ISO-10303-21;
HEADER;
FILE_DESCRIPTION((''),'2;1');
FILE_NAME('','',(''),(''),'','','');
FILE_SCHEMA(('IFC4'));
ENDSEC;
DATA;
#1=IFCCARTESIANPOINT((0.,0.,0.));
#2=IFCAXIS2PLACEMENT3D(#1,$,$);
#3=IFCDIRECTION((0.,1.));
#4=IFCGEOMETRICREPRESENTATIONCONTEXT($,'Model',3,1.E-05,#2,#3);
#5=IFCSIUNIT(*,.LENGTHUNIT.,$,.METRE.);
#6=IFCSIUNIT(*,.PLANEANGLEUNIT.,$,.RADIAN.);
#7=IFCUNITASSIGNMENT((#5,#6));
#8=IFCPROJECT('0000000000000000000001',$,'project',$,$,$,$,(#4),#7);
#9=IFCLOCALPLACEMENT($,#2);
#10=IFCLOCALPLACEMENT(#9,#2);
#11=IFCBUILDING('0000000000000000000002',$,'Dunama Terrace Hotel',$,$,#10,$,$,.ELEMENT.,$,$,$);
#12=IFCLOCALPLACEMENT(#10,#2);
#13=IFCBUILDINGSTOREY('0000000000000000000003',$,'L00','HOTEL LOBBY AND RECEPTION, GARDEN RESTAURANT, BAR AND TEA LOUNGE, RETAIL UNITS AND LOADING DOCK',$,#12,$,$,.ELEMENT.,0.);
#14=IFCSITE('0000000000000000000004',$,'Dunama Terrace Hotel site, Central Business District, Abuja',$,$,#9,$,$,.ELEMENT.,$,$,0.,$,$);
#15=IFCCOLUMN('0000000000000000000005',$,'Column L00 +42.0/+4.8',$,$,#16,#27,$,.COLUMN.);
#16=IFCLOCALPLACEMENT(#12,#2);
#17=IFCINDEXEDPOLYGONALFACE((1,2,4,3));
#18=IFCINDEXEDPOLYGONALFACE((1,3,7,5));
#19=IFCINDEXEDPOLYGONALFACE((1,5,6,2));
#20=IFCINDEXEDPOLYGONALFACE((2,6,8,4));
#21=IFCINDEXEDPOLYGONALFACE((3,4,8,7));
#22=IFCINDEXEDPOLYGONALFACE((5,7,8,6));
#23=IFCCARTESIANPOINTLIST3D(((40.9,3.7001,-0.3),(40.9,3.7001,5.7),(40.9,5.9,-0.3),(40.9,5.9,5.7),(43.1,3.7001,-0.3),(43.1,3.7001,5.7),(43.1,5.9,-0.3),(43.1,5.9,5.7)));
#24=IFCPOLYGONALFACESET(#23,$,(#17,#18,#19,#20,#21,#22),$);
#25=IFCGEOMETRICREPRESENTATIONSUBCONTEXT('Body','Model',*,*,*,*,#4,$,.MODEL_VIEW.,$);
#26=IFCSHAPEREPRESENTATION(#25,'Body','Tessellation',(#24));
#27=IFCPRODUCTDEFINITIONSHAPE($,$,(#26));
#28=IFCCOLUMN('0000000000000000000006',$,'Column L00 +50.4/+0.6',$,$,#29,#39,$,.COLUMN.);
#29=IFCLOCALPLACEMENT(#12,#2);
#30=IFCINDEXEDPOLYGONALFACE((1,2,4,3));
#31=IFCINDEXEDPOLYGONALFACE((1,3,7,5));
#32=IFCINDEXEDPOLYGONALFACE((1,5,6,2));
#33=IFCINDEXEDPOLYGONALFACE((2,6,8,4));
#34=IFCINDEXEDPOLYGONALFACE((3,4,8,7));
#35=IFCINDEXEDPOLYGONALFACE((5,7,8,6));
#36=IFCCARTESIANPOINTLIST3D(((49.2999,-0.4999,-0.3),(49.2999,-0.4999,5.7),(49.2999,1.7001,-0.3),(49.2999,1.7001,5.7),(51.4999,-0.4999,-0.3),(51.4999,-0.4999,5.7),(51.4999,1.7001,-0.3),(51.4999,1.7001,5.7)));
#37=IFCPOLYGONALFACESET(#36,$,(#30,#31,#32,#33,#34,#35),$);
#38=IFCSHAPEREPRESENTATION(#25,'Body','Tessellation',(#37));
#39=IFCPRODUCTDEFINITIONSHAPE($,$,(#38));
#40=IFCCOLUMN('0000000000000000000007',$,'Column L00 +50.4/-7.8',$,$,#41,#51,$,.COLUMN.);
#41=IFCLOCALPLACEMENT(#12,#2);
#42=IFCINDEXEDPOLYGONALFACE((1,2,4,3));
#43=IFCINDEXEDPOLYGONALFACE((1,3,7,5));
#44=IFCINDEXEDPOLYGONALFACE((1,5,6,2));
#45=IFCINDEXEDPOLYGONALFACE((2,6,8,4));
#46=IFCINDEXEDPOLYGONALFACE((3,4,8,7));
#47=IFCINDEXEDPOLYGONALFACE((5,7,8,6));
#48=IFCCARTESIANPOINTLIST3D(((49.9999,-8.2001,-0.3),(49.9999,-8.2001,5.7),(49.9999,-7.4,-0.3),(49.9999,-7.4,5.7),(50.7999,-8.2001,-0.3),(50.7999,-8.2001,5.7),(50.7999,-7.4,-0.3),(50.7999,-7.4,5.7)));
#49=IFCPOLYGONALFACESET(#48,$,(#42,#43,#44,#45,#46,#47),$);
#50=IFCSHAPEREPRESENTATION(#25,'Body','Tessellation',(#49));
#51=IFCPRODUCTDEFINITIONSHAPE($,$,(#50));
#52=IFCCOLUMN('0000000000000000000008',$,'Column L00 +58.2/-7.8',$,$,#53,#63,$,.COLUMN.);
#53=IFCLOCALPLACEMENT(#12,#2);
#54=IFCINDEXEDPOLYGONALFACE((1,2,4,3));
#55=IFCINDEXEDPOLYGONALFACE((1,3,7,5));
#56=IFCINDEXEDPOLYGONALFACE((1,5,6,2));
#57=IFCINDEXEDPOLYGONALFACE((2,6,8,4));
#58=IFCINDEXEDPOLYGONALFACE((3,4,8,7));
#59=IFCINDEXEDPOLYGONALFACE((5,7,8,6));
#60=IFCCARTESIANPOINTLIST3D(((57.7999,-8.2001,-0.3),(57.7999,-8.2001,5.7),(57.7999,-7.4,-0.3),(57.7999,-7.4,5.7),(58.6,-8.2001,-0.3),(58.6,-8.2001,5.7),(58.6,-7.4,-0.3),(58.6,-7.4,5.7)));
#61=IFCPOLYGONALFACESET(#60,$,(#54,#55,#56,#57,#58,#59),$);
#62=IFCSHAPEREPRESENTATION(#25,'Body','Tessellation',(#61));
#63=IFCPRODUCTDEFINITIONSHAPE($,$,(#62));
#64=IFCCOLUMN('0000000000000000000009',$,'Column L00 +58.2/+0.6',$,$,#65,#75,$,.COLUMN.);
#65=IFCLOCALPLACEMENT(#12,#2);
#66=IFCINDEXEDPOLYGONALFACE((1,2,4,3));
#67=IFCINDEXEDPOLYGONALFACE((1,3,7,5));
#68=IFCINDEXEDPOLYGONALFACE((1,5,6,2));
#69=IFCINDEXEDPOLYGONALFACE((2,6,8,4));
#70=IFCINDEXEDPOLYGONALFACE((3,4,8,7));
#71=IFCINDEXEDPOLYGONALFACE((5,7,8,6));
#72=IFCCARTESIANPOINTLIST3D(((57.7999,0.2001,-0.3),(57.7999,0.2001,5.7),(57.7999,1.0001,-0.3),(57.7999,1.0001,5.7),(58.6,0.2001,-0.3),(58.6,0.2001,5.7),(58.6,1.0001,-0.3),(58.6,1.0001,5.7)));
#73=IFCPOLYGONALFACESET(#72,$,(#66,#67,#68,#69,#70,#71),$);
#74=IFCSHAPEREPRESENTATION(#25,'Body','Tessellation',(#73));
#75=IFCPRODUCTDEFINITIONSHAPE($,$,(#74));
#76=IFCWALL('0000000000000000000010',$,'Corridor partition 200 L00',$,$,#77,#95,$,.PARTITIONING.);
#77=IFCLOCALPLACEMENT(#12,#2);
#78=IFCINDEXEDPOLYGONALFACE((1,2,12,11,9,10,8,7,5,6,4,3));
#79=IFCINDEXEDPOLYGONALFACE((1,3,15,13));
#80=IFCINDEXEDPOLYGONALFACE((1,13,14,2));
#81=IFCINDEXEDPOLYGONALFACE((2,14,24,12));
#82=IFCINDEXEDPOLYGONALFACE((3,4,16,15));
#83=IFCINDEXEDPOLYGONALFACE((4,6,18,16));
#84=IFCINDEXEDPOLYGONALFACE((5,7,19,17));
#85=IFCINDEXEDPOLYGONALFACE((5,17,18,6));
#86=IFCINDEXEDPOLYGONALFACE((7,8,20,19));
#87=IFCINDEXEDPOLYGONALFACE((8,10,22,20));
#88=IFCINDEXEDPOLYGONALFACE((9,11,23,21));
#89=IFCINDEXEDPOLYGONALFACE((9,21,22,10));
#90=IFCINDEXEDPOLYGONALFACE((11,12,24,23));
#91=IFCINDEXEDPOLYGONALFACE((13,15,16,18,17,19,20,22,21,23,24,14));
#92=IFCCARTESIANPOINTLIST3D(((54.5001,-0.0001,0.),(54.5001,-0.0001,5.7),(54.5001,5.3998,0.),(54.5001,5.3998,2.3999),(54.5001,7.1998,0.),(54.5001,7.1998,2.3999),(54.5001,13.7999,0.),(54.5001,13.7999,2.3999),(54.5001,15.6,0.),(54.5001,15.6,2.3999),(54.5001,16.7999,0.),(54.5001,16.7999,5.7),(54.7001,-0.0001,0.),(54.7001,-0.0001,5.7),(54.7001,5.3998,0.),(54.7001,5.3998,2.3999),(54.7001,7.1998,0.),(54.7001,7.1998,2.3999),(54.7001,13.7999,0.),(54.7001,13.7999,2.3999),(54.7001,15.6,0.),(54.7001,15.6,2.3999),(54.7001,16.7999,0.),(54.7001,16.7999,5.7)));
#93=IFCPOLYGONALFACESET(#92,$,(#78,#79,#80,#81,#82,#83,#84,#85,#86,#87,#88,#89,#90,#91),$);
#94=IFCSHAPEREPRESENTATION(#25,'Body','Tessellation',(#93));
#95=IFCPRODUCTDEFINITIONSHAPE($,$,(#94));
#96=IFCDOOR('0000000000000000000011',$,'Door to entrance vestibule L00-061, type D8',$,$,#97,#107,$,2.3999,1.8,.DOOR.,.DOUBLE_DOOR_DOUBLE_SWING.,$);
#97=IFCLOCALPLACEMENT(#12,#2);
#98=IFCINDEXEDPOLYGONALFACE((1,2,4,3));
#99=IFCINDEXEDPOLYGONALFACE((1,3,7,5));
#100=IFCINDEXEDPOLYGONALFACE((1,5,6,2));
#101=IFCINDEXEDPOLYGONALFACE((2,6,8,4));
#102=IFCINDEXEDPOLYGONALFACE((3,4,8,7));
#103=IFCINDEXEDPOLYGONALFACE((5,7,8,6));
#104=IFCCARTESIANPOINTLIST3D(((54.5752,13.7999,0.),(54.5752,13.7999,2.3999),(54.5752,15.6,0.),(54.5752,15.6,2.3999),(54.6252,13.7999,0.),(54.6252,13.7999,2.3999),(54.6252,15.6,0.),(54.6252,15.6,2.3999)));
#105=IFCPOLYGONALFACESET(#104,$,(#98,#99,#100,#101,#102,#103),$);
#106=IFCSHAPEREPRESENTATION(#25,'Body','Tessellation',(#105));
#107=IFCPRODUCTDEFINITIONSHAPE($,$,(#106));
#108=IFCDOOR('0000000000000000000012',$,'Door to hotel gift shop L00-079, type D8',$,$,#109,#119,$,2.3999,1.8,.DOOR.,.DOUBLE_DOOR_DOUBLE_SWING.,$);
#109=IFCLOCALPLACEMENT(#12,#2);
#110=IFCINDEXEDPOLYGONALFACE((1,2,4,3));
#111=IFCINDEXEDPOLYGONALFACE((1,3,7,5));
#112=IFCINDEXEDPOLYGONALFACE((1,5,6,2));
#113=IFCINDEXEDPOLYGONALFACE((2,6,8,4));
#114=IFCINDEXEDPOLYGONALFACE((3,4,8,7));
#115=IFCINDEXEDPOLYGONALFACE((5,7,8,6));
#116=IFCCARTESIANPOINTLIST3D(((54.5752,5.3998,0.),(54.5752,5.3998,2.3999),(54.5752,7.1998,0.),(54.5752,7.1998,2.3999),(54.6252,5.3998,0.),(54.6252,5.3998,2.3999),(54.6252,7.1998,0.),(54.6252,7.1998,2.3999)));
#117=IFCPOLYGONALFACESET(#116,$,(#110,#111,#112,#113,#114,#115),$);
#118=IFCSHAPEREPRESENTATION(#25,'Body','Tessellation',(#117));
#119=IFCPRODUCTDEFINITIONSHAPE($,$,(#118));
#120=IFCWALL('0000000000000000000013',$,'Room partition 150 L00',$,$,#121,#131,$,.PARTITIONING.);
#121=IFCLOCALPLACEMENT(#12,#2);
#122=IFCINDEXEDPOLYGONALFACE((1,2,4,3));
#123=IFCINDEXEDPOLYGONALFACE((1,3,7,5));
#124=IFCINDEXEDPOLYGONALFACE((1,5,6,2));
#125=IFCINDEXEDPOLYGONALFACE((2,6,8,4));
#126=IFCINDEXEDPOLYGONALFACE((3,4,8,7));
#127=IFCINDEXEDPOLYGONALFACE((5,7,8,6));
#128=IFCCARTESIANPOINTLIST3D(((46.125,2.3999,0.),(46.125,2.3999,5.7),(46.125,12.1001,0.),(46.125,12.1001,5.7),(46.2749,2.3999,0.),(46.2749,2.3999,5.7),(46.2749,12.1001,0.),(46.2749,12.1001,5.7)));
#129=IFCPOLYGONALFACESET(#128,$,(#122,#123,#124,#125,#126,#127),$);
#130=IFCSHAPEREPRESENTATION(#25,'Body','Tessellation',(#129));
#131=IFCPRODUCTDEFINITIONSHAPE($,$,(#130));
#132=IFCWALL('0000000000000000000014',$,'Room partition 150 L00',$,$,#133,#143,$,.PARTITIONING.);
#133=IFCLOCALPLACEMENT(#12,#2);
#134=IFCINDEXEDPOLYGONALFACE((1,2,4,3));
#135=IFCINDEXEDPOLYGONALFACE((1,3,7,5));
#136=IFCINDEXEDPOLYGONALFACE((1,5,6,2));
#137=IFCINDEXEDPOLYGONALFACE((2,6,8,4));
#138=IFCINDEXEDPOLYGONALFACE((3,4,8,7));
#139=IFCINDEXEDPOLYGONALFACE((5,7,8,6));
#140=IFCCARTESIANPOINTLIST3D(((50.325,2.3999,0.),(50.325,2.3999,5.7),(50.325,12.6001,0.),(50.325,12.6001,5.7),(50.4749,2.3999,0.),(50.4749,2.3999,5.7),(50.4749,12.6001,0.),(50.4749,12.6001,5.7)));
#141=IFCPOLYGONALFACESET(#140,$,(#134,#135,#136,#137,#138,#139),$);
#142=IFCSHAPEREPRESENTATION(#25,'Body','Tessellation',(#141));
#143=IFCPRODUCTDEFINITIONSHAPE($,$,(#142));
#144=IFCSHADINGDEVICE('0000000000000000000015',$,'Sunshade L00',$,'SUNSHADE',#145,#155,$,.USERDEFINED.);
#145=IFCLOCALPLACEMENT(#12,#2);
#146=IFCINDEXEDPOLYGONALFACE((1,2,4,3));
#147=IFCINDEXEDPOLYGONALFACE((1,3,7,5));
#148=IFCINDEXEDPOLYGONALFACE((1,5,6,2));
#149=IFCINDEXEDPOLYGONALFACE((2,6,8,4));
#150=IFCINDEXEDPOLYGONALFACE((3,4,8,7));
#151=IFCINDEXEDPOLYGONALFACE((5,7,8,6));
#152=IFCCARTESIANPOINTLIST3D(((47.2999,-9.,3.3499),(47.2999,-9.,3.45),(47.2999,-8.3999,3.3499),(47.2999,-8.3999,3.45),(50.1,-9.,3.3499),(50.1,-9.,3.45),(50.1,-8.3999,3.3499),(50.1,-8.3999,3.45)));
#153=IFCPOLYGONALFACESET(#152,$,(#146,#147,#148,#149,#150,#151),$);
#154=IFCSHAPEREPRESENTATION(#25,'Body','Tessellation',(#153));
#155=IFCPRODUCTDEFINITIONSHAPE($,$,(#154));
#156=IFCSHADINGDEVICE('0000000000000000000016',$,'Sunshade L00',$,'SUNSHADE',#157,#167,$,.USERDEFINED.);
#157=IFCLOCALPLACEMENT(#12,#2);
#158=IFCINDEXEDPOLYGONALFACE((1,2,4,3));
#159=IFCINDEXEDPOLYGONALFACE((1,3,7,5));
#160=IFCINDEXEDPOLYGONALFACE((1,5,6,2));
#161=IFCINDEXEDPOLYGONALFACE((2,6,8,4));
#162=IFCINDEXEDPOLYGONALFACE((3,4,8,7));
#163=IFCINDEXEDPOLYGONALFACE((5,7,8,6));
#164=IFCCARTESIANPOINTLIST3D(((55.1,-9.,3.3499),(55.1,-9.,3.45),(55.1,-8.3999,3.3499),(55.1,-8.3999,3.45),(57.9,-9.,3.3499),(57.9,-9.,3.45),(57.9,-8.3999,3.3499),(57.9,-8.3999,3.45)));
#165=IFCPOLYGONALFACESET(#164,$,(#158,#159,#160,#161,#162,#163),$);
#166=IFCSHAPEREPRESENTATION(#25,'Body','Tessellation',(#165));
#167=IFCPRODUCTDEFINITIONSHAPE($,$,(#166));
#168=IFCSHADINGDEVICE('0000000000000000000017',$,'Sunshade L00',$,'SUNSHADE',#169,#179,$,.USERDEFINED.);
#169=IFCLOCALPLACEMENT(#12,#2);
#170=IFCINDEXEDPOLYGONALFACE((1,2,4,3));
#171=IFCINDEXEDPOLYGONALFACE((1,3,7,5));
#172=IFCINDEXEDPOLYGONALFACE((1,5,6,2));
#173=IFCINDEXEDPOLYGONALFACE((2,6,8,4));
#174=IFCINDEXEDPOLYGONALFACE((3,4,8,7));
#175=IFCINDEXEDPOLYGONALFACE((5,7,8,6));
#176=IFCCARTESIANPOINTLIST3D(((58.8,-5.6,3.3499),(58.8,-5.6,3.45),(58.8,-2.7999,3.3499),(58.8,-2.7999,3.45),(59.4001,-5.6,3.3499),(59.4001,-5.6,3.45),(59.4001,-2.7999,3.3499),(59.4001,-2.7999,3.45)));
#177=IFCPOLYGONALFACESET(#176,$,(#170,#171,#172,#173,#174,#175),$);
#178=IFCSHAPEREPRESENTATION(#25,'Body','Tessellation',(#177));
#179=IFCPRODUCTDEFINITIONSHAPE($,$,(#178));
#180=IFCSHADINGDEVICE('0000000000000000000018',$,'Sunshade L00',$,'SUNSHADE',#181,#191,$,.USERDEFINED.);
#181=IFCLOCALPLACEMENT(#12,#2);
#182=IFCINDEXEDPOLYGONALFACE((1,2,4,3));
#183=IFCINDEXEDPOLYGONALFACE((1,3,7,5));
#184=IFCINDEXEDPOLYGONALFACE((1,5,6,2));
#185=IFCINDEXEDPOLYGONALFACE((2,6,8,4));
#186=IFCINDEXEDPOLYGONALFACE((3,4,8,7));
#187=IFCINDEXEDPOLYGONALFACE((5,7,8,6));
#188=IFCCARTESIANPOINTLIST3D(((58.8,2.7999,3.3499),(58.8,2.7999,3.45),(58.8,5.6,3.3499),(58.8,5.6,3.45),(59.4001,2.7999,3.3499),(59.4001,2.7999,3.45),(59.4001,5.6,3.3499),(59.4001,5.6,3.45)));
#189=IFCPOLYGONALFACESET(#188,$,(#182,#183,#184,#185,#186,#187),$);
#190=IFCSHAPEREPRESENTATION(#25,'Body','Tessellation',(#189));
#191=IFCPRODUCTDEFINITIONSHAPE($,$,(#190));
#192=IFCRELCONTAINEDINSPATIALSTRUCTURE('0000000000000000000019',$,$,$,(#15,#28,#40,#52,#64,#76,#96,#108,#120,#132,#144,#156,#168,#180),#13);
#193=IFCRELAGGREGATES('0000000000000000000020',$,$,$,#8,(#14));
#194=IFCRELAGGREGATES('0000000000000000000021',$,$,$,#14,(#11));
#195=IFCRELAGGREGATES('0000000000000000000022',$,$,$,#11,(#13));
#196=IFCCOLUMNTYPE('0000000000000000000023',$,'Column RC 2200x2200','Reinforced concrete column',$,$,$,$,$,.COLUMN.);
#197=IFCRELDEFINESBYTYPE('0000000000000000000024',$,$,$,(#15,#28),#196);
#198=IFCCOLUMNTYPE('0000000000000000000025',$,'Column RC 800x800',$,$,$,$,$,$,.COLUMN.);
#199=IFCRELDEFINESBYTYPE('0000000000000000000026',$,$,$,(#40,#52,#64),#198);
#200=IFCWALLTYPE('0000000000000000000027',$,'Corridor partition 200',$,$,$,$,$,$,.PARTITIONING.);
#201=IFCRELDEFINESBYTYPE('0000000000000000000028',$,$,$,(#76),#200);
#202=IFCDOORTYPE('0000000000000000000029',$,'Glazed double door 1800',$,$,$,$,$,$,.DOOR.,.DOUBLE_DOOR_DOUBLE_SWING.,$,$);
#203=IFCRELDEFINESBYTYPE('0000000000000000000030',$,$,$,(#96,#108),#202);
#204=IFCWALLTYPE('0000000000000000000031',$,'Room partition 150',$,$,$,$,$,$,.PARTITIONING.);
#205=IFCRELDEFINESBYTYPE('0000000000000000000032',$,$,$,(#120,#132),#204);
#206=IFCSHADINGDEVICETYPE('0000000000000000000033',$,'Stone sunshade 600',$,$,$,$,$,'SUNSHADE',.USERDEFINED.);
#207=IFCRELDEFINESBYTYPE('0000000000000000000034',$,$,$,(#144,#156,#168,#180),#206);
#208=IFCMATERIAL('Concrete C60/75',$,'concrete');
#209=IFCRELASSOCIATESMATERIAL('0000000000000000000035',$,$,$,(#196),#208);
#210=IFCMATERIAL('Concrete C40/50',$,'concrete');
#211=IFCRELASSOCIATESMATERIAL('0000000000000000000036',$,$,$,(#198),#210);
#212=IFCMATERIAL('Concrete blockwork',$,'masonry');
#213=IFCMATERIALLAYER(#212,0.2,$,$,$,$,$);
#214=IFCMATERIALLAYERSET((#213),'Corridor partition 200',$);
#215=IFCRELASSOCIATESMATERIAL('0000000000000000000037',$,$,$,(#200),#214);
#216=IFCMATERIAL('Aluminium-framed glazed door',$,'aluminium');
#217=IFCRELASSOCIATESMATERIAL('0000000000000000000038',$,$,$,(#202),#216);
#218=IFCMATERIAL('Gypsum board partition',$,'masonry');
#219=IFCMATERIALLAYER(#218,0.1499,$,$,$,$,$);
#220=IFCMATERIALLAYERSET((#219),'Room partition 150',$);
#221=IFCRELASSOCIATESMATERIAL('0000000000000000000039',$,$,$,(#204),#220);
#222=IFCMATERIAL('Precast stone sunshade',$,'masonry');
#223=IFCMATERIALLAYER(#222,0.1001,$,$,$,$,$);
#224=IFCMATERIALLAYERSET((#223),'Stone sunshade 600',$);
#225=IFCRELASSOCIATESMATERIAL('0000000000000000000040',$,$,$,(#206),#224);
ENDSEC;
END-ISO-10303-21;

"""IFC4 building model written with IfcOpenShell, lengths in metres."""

from ifc_helpers import new_model, si_unit, direction, frame, frame_2d, origin, origin_2d, place, context, subcontext, project, spatial, rectangle, extrude, material, layer, layer_set, material_profile, profile_set, type_object, element, fill, save


model = new_model("IFC4")

# Units and contexts
model_context = context("Model", 3, precision=1e-05, world=origin(), true_north=direction((0.0, 1.0)))
body_context = subcontext(model_context, "Body", "Model", "MODEL_VIEW")
ifc_project = project(units=[si_unit("LENGTHUNIT", "METRE"), si_unit("PLANEANGLEUNIT", "RADIAN")], contexts=[model_context])

# Site, building, storey
site_placement = place(None, origin())
site = spatial("IfcSite", under=ifc_project, at=site_placement, Name="Dunama Terrace Hotel site, Central Business District, Abuja", CompositionType="ELEMENT", RefElevation=0.0)
building_placement = place(site_placement, origin())
building = spatial("IfcBuilding", under=site, at=building_placement, Name="Dunama Terrace Hotel", CompositionType="ELEMENT")
storey_placement = place(building_placement, origin())
storey = spatial("IfcBuildingStorey", under=building, at=storey_placement, Name="L00", Description="HOTEL LOBBY AND RECEPTION, GARDEN RESTAURANT, BAR AND TEA LOUNGE, RETAIL UNITS AND LOADING DOCK", CompositionType="ELEMENT", Elevation=0.0)

# Columns
ifc_material_1 = material(Name="Concrete C60/75", Category="concrete")
ifc_material_profile_1 = material_profile(ifc_material_1, rectangle(XDim=2.2, YDim=2.2, at=origin_2d()), Name="RC 2200x2200")
ifc_profile_set_1 = profile_set([ifc_material_profile_1], Name="Concrete C60/75")
column_type_1 = type_object("IfcColumnType", Name="Column RC 2200x2200", Description="Reinforced concrete column", PredefinedType="COLUMN", material=ifc_profile_set_1)
for number, where, z_axis, x_axis, name in (
    (1, (42.0, 4.8, -0.3), (0.0, 0.0, 1.0), (1.0, 0.0, 0.0), "Column L00 +42.0/+4.8"),
    (2, (50.3999, 0.6001, -0.3), (0.0, 0.0, 1.0), (1.0, 0.0, 0.0), "Column L00 +50.4/+0.6"),
):
    element("IfcColumn", number, at=place(storey_placement, frame(where, z_axis=z_axis, x_axis=x_axis)), inside=storey, type_object=column_type_1, Name=name, PredefinedType="COLUMN", context=body_context, shape_type="SweptSolid", body=[
        extrude(rectangle(XDim=2.2, YDim=2.2, at=origin_2d()), origin(), (0.0, 0.0, 1.0), 6.0),
    ])
ifc_material_2 = material(Name="Concrete C40/50", Category="concrete")
ifc_material_profile_2 = material_profile(ifc_material_2, rectangle(XDim=0.8, YDim=0.8, at=origin_2d()), Name="RC 800x800")
ifc_profile_set_2 = profile_set([ifc_material_profile_2], Name="Concrete C40/50")
column_type_2 = type_object("IfcColumnType", Name="Column RC 800x800", PredefinedType="COLUMN", material=ifc_profile_set_2)
for number, where, z_axis, x_axis, name in (
    (3, (50.3999, -7.8, -0.3), (0.0, 0.0, 1.0), (1.0, 0.0, 0.0), "Column L00 +50.4/-7.8"),
    (4, (58.2, -7.8, -0.3), (0.0, 0.0, 1.0), (1.0, 0.0, 0.0), "Column L00 +58.2/-7.8"),
    (5, (58.2, 0.6001, -0.3), (0.0, 0.0, 1.0), (1.0, 0.0, 0.0), "Column L00 +58.2/+0.6"),
):
    element("IfcColumn", number, at=place(storey_placement, frame(where, z_axis=z_axis, x_axis=x_axis)), inside=storey, type_object=column_type_2, Name=name, PredefinedType="COLUMN", context=body_context, shape_type="SweptSolid", body=[
        extrude(rectangle(XDim=0.8, YDim=0.8, at=origin_2d()), origin(), (0.0, 0.0, 1.0), 6.0),
    ])

# Wall, openings, doors
ifc_material_3 = material(Name="Concrete blockwork", Category="masonry")
ifc_layer_1 = layer(ifc_material_3, 0.2)
ifc_layer_set_1 = layer_set([ifc_layer_1], Name="Corridor partition 200")
wall_type_1 = type_object("IfcWallType", Name="Corridor partition 200", PredefinedType="PARTITIONING", material=ifc_layer_set_1)
wall_1_placement = place(storey_placement, frame((54.6001, 0.0, 0.0), z_axis=(0.0, 0.0, 1.0), x_axis=(0.0, 1.0, 0.0)))
wall_1 = element("IfcWall", 6, at=wall_1_placement, inside=storey, type_object=wall_type_1, Name="Corridor partition 200 L00", PredefinedType="PARTITIONING", context=body_context, shape_type="SweptSolid", body=[
    extrude(rectangle(XDim=16.8, YDim=0.2, at=frame_2d((8.3999, 0.0))), origin(), (0.0, 0.0, 1.0), 5.7),
])
opening_1_placement = place(wall_1_placement, frame((13.8, 0.0, 0.0)))
opening_1 = element("IfcOpeningElement", 7, at=opening_1_placement, cuts=wall_1, PredefinedType="OPENING", context=body_context, shape_type="SweptSolid", body=[
    extrude(rectangle(XDim=1.8, YDim=2.3999, at=frame_2d((0.8999, 1.2))), frame((0.0, 0.1099, 0.0), z_axis=(0.0, -1.0, 0.0), x_axis=(1.0, 0.0, 0.0)), (0.0, 0.0, 1.0), 0.22),
])
opening_2_placement = place(wall_1_placement, frame((5.3999, 0.0, 0.0)))
opening_2 = element("IfcOpeningElement", 8, at=opening_2_placement, cuts=wall_1, PredefinedType="OPENING", context=body_context, shape_type="SweptSolid", body=[
    extrude(rectangle(XDim=1.8, YDim=2.3999, at=frame_2d((0.8999, 1.2))), frame((0.0, 0.1099, 0.0), z_axis=(0.0, -1.0, 0.0), x_axis=(1.0, 0.0, 0.0)), (0.0, 0.0, 1.0), 0.22),
])
ifc_material_4 = material(Name="Aluminium-framed glazed door", Category="aluminium")
door_type_1 = type_object("IfcDoorType", Name="Glazed double door 1800", OperationType="DOUBLE_DOOR_DOUBLE_SWING", PredefinedType="DOOR", material=ifc_material_4)
door_1_placement = place(opening_1_placement, origin())
door_1 = element("IfcDoor", 9, at=door_1_placement, inside=storey, type_object=door_type_1, Name="Door to entrance vestibule L00-061, type D8", OperationType="DOUBLE_DOOR_DOUBLE_SWING", OverallHeight=2.3999, OverallWidth=1.8, PredefinedType="DOOR", context=body_context, shape_type="SweptSolid", body=[
    extrude(rectangle(XDim=1.8, YDim=2.3999, at=frame_2d((0.8999, 1.2))), frame((0.0, 0.0249, 0.0), z_axis=(0.0, -1.0, 0.0), x_axis=(1.0, 0.0, 0.0)), (0.0, 0.0, 1.0), 0.05),
])
fill(opening_1, door_1)
door_2_placement = place(opening_2_placement, origin())
door_2 = element("IfcDoor", 10, at=door_2_placement, inside=storey, type_object=door_type_1, Name="Door to hotel gift shop L00-079, type D8", OperationType="DOUBLE_DOOR_DOUBLE_SWING", OverallHeight=2.3999, OverallWidth=1.8, PredefinedType="DOOR", context=body_context, shape_type="SweptSolid", body=[
    extrude(rectangle(XDim=1.8, YDim=2.3999, at=frame_2d((0.8999, 1.2))), frame((0.0, 0.0249, 0.0), z_axis=(0.0, -1.0, 0.0), x_axis=(1.0, 0.0, 0.0)), (0.0, 0.0, 1.0), 0.05),
])
fill(opening_2, door_2)

# Walls
ifc_material_5 = material(Name="Gypsum board partition", Category="masonry")
ifc_layer_2 = layer(ifc_material_5, 0.1499)
ifc_layer_set_2 = layer_set([ifc_layer_2], Name="Room partition 150")
wall_type_2 = type_object("IfcWallType", Name="Room partition 150", PredefinedType="PARTITIONING", material=ifc_layer_set_2)
wall_2_placement = place(storey_placement, frame((46.2, 2.3999, 0.0), z_axis=(0.0, 0.0, 1.0), x_axis=(0.0, 1.0, 0.0)))
element("IfcWall", 11, at=wall_2_placement, inside=storey, type_object=wall_type_2, Name="Room partition 150 L00", PredefinedType="PARTITIONING", context=body_context, shape_type="SweptSolid", body=[
    extrude(rectangle(XDim=9.7002, YDim=0.1499, at=frame_2d((4.8501, 0.0))), origin(), (0.0, 0.0, 1.0), 5.7),
])
wall_3_placement = place(storey_placement, frame((50.3999, 2.3999, 0.0), z_axis=(0.0, 0.0, 1.0), x_axis=(0.0, 1.0, 0.0)))
element("IfcWall", 12, at=wall_3_placement, inside=storey, type_object=wall_type_2, Name="Room partition 150 L00", PredefinedType="PARTITIONING", context=body_context, shape_type="SweptSolid", body=[
    extrude(rectangle(XDim=10.2002, YDim=0.1499, at=frame_2d((5.1001, 0.0))), origin(), (0.0, 0.0, 1.0), 5.7),
])

# Shading devices
ifc_material_6 = material(Name="Precast stone sunshade", Category="masonry")
ifc_layer_3 = layer(ifc_material_6, 0.1001)
ifc_layer_set_3 = layer_set([ifc_layer_3], Name="Stone sunshade 600")
shading_device_type = type_object("IfcShadingDeviceType", Name="Stone sunshade 600", ElementType="SUNSHADE", PredefinedType="USERDEFINED", material=ifc_layer_set_3)
for number, where, z_axis, x_axis, name in (
    (13, (48.7, -8.7, 3.3499), (0.0, 0.0, 1.0), (1.0, 0.0, 0.0), "Sunshade L00"),
    (14, (56.5, -8.7, 3.3499), (0.0, 0.0, 1.0), (1.0, 0.0, 0.0), "Sunshade L00"),
    (15, (59.1001, -4.2, 3.3499), (0.0, 0.0, 1.0), (0.0, 1.0, 0.0), "Sunshade L00"),
    (16, (59.1001, 4.2, 3.3499), (0.0, 0.0, 1.0), (0.0, 1.0, 0.0), "Sunshade L00"),
):
    element("IfcShadingDevice", number, at=place(storey_placement, frame(where, z_axis=z_axis, x_axis=x_axis)), inside=storey, type_object=shading_device_type, Name=name, ObjectType="SUNSHADE", PredefinedType="USERDEFINED", context=body_context, shape_type="SweptSolid", body=[
        extrude(rectangle(XDim=2.8, YDim=0.6001, at=origin_2d()), origin(), (0.0, 0.0, 1.0), 0.1001),
    ])

save(model, "model.ifc")
